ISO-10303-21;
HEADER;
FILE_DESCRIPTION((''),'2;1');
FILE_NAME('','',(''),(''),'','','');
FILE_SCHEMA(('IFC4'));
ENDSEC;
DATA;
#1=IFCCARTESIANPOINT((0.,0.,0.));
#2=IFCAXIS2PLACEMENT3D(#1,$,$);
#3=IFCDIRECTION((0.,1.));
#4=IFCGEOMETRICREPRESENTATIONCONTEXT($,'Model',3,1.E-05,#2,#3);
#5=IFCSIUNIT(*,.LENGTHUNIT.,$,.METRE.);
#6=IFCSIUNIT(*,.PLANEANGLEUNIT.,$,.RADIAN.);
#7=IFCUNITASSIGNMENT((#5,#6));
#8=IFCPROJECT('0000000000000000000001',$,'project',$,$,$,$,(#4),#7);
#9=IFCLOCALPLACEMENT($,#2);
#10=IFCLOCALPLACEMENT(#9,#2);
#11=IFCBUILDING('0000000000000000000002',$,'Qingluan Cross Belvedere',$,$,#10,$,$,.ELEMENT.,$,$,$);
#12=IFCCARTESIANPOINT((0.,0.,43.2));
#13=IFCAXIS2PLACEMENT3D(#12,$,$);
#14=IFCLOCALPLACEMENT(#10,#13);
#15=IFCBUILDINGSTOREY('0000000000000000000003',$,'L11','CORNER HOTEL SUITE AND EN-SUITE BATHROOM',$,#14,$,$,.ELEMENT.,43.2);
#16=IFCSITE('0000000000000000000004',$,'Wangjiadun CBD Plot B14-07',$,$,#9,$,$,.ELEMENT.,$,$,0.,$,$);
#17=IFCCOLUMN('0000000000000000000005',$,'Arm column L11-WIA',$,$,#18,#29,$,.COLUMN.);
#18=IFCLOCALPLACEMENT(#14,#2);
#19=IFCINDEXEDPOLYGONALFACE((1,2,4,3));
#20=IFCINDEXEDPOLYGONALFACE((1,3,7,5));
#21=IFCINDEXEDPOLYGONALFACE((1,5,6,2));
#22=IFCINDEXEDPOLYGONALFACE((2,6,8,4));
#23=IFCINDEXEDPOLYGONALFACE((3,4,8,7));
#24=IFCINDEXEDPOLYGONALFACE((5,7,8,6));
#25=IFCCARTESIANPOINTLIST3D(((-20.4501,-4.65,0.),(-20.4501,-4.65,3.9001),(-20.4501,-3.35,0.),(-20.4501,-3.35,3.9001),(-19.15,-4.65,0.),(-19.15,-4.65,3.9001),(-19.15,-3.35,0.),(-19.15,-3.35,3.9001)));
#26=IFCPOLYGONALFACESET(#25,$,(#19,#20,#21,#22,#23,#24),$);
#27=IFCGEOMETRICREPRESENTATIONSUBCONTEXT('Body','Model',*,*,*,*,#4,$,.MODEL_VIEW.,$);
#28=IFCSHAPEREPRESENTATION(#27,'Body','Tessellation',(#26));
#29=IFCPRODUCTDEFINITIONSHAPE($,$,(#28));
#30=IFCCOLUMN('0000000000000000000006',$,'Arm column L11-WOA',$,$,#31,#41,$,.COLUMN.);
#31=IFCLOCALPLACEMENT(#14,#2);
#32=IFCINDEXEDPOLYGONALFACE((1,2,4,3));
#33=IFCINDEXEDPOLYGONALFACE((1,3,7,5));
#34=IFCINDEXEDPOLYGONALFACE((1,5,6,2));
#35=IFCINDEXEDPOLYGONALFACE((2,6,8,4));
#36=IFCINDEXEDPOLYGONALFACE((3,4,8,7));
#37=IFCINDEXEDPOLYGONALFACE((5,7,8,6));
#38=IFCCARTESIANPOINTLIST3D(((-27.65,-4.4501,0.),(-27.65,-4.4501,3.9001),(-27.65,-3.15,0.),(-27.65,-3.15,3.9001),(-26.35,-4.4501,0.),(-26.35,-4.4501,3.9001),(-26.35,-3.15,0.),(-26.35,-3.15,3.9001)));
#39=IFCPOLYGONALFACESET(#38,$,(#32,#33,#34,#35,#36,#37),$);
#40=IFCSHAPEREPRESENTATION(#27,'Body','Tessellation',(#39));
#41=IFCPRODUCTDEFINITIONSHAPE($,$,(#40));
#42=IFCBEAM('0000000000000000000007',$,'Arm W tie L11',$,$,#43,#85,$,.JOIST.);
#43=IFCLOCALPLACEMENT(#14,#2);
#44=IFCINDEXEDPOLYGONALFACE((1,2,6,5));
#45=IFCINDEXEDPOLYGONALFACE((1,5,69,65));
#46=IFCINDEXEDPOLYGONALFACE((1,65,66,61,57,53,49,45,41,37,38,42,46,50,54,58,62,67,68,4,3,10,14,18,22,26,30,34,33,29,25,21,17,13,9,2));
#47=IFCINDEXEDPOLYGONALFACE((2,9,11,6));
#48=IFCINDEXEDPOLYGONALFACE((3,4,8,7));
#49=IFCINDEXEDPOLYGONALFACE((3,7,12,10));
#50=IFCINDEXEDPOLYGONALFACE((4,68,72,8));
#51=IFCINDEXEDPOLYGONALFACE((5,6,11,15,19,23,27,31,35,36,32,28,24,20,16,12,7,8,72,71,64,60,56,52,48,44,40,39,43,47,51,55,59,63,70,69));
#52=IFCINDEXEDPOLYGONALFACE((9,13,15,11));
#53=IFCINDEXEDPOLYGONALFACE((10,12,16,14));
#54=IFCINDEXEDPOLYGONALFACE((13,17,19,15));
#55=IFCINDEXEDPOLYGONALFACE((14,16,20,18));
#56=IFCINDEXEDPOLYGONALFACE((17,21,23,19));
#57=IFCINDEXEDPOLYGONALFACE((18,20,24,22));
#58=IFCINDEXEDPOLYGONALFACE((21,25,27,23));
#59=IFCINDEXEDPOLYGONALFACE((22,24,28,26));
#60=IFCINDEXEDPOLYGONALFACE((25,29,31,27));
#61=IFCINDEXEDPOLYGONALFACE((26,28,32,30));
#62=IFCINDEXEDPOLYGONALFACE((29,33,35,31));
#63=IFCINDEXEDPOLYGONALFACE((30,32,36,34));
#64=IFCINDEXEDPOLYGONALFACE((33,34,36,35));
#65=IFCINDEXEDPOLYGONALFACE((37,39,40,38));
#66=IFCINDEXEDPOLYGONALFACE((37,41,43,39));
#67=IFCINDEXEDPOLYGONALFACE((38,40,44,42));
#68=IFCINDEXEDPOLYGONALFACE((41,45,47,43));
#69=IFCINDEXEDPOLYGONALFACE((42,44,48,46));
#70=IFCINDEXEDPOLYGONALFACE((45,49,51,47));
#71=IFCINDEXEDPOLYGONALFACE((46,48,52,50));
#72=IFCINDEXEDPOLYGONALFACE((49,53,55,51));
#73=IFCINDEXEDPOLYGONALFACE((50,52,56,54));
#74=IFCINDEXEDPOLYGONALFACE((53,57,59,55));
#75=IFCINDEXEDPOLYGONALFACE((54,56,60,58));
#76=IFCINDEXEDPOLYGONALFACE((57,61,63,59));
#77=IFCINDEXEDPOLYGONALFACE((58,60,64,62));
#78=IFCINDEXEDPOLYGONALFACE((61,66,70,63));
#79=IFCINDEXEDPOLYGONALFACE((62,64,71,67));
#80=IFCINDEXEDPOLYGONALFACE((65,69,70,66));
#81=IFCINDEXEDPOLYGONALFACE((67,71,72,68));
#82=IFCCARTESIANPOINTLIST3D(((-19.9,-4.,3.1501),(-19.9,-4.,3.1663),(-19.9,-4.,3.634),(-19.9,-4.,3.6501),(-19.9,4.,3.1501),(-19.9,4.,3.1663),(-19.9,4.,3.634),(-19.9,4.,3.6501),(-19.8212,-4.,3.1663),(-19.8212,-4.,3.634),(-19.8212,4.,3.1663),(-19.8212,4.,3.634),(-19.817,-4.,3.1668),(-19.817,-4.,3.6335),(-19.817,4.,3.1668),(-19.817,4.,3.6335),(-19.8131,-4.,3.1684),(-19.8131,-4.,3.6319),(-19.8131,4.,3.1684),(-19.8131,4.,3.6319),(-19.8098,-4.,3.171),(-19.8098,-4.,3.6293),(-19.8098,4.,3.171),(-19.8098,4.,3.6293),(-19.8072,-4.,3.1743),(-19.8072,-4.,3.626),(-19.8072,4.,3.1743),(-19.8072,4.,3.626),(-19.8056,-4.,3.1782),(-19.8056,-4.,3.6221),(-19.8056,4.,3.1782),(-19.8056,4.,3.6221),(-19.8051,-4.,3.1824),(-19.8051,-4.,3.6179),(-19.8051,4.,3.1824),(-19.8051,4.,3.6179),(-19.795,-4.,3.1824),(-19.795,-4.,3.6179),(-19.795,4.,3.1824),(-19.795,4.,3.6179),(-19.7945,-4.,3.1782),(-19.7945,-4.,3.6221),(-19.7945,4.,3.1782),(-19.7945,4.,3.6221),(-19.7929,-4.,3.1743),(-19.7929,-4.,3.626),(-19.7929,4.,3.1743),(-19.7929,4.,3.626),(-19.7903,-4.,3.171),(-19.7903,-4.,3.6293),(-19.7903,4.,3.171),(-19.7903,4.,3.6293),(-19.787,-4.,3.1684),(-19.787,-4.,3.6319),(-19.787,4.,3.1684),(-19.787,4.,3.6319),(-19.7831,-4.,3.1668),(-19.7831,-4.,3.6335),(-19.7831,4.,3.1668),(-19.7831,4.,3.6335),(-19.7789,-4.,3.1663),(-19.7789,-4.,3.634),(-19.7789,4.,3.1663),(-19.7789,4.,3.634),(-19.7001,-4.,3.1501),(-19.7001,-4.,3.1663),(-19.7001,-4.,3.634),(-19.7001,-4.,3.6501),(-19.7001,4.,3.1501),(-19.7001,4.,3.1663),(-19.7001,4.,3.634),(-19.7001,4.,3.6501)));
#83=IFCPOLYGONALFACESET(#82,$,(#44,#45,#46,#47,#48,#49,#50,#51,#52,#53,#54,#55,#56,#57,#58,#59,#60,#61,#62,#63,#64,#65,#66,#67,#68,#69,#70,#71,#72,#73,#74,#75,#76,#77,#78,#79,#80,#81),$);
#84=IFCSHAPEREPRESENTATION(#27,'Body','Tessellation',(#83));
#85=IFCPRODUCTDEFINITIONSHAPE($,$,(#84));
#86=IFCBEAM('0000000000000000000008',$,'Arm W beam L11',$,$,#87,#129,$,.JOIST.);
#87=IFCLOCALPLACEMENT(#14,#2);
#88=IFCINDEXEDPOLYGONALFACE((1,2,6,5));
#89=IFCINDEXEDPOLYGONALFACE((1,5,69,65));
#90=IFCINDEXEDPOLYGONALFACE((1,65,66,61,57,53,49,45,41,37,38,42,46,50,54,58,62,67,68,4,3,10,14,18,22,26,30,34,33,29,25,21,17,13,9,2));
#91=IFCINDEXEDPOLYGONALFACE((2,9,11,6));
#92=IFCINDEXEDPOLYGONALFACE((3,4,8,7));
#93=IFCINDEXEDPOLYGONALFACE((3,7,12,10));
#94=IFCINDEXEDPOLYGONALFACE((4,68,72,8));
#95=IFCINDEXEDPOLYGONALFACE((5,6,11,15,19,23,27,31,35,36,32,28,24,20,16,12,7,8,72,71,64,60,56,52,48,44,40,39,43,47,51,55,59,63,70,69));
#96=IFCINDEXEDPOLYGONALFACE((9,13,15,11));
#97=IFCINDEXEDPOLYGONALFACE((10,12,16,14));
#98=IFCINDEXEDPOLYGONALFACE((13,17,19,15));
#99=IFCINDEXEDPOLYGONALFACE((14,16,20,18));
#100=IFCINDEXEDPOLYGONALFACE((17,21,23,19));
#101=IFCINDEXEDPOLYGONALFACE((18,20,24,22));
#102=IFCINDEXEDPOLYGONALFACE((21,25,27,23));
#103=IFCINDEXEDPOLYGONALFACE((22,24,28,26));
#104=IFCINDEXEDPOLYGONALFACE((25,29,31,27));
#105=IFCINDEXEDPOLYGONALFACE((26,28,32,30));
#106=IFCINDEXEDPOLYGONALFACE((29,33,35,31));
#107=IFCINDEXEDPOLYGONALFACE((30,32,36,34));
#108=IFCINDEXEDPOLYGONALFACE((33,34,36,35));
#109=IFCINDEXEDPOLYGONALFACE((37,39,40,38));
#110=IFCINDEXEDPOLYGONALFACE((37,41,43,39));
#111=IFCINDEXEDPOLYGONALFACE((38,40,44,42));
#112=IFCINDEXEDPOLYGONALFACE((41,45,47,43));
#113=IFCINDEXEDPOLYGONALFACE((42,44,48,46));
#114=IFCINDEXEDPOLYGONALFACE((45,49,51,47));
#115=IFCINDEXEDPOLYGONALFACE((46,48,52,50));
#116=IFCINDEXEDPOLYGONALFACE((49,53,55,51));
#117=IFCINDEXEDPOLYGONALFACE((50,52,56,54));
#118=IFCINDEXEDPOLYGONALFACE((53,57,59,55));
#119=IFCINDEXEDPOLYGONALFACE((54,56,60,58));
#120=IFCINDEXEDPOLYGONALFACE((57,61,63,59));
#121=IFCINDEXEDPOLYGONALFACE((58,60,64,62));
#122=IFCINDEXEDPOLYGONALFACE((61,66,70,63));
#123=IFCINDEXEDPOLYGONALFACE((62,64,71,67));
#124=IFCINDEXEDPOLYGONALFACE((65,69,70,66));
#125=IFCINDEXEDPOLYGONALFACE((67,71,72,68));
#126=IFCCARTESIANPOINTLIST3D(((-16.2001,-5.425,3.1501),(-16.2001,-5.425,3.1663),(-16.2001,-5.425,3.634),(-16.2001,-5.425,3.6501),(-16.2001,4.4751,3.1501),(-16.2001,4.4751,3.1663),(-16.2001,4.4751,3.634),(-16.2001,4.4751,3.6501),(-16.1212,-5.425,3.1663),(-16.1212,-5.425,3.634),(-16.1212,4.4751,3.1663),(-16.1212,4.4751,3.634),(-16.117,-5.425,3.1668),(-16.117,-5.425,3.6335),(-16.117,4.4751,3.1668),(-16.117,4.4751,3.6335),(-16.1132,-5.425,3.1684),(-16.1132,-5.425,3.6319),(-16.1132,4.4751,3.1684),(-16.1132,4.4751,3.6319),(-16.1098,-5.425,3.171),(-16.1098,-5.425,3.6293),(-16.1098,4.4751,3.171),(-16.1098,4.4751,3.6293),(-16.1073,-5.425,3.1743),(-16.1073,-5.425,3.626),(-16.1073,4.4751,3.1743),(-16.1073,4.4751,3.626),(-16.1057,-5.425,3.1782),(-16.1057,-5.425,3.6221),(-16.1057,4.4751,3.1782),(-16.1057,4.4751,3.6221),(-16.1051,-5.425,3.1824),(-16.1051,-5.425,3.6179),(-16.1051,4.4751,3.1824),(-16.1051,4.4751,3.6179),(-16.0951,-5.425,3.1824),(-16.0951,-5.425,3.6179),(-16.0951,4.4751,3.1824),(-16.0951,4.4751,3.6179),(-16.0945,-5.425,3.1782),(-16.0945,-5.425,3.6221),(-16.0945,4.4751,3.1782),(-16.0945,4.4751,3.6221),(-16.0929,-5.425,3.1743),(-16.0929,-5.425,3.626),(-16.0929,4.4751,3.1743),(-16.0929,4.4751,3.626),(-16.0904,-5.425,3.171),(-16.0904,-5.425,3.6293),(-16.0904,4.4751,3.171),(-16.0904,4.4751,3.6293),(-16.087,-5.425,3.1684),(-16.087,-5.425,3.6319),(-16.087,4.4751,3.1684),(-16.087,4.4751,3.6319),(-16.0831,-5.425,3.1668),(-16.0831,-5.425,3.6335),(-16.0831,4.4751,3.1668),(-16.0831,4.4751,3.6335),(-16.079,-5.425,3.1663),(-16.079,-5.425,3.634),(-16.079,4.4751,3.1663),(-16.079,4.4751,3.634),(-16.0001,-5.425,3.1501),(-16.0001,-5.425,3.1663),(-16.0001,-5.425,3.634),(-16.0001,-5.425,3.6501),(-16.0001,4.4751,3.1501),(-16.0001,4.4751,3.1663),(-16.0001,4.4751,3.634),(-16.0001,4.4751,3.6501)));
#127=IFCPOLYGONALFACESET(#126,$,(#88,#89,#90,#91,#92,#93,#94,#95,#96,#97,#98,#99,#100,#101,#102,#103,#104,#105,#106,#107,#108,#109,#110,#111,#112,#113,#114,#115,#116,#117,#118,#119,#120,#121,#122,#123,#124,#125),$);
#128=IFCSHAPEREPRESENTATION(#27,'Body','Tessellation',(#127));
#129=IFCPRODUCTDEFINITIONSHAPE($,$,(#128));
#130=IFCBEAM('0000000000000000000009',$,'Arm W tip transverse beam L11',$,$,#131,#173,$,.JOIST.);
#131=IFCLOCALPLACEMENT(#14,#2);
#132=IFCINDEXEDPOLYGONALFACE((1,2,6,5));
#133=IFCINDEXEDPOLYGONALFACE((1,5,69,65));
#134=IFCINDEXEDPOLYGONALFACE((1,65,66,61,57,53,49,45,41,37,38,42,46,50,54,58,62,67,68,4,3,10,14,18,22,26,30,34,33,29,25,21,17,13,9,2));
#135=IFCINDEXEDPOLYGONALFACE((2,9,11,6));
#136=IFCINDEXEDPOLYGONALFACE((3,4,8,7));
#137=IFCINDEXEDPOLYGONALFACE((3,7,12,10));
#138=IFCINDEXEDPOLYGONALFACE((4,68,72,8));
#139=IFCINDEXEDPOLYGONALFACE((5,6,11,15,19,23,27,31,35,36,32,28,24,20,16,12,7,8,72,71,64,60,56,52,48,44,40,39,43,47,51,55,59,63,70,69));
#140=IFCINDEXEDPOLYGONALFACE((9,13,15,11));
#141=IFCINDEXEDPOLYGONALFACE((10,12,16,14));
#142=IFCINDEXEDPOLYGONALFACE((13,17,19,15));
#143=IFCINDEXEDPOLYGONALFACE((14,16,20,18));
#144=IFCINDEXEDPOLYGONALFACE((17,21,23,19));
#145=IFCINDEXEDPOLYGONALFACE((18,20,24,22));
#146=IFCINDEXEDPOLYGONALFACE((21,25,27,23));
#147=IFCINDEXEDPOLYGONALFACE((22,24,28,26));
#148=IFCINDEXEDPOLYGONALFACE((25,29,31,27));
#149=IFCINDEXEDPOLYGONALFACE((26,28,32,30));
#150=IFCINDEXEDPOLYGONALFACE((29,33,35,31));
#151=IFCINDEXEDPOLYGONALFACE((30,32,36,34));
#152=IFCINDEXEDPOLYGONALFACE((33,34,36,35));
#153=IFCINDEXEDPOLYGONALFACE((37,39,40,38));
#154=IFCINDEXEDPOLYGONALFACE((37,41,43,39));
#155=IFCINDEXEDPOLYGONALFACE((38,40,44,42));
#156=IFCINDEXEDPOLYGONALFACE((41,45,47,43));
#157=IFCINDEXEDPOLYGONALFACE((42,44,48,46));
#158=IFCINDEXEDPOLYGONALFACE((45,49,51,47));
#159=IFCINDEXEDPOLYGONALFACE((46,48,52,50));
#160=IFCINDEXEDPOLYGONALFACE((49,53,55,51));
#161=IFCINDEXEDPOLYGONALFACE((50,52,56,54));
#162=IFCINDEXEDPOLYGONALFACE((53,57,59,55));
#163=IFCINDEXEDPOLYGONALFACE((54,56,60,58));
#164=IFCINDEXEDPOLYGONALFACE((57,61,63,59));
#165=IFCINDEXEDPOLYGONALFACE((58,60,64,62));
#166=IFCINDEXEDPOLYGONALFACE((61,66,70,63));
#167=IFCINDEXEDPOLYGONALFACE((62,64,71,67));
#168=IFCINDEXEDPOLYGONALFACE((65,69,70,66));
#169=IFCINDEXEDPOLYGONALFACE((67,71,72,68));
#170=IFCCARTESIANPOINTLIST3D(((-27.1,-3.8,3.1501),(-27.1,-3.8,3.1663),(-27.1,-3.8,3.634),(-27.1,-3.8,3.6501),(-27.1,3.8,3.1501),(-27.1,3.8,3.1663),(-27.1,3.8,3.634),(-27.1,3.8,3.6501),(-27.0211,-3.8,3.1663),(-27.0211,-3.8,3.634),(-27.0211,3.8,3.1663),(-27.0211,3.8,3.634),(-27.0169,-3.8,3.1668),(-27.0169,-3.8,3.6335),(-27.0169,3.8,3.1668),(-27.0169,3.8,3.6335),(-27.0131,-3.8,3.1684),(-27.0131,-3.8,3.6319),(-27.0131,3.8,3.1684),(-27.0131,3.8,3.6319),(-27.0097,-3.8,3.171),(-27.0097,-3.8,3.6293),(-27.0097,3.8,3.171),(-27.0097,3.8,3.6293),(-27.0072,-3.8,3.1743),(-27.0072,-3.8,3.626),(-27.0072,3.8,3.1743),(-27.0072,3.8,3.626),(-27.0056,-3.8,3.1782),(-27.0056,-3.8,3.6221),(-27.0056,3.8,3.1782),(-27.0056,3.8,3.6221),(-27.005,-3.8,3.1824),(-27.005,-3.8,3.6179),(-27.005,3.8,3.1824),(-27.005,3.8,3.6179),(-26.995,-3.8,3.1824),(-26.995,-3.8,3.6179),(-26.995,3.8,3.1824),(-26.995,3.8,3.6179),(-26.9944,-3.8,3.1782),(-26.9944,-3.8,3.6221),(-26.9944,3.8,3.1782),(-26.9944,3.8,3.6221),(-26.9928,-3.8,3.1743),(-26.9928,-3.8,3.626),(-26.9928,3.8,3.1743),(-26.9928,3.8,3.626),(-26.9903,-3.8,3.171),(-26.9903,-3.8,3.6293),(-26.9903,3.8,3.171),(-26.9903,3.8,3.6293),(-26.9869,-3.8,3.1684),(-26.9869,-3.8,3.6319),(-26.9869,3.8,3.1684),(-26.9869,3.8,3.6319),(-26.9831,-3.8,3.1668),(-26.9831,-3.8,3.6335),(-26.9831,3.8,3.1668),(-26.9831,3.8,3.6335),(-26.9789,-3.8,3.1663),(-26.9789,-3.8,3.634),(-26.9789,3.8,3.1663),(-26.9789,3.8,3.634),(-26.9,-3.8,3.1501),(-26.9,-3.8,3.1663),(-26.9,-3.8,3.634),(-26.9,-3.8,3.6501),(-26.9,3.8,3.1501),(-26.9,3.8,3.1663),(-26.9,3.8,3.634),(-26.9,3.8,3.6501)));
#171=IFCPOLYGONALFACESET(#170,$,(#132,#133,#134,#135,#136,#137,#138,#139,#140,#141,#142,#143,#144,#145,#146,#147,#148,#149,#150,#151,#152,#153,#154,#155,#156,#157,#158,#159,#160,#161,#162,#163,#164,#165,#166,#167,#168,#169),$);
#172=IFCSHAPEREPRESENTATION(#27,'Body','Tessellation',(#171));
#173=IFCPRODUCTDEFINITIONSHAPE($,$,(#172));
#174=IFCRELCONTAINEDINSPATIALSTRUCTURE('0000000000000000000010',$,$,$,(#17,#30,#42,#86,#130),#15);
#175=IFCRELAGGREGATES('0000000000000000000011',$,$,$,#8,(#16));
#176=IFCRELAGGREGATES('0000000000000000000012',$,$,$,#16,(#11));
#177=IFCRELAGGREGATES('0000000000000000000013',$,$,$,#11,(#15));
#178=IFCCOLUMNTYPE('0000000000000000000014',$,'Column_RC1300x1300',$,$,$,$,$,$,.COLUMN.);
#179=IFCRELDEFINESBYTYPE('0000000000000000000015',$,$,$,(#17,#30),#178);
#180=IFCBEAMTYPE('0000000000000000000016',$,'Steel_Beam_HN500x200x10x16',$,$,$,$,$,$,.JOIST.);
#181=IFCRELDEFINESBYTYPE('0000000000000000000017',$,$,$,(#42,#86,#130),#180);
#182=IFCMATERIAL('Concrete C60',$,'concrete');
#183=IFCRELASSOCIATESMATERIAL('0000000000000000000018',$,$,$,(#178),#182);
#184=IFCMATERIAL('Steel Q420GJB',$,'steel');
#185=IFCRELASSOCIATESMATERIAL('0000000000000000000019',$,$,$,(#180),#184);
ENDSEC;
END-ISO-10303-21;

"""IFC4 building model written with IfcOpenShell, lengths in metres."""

from ifc_helpers import new_model, si_unit, direction, frame, origin, origin_2d, place, context, subcontext, project, spatial, rectangle, i_section, extrude, material, material_profile, profile_set, type_object, element, save


model = new_model("IFC4")

# Units and contexts
model_context = context("Model", 3, precision=1e-05, world=origin(), true_north=direction((0.0, 1.0)))
body_context = subcontext(model_context, "Body", "Model", "MODEL_VIEW")
ifc_project = project(units=[si_unit("LENGTHUNIT", "METRE"), si_unit("PLANEANGLEUNIT", "RADIAN")], contexts=[model_context])

# Site, building, storey
site_placement = place(None, origin())
site = spatial("IfcSite", under=ifc_project, at=site_placement, Name="Wangjiadun CBD Plot B14-07", CompositionType="ELEMENT", RefElevation=0.0)
building_placement = place(site_placement, origin())
building = spatial("IfcBuilding", under=site, at=building_placement, Name="Qingluan Cross Belvedere", CompositionType="ELEMENT")
storey_placement = place(building_placement, frame((0.0, 0.0, 43.2)))
storey = spatial("IfcBuildingStorey", under=building, at=storey_placement, Name="L11", Description="CORNER HOTEL SUITE AND EN-SUITE BATHROOM", CompositionType="ELEMENT", Elevation=43.2)

# Columns
ifc_material_1 = material(Name="Concrete C60", Category="concrete")
ifc_material_profile_1 = material_profile(ifc_material_1, rectangle(XDim=1.3, YDim=1.3, at=origin_2d()), Name="RC1300x1300")
ifc_profile_set_1 = profile_set([ifc_material_profile_1], Name="Concrete C60")
column_type = type_object("IfcColumnType", Name="Column_RC1300x1300", PredefinedType="COLUMN", material=ifc_profile_set_1)
for number, where, z_axis, x_axis, name in (
    (1, (-19.8, -4.0, 0.0), (0.0, 0.0, 1.0), (1.0, 0.0, 0.0), "Arm column L11-WIA"),
    (2, (-27.0, -3.8, 0.0), (0.0, 0.0, 1.0), (1.0, 0.0, 0.0), "Arm column L11-WOA"),
):
    element("IfcColumn", number, at=place(storey_placement, frame(where, z_axis=z_axis, x_axis=x_axis)), inside=storey, type_object=column_type, Name=name, PredefinedType="COLUMN", context=body_context, shape_type="SweptSolid", body=[
        extrude(rectangle(XDim=1.3, YDim=1.3, at=origin_2d()), origin(), (0.0, 0.0, 1.0), 3.9001),
    ])

# Beams
ifc_material_2 = material(Name="Steel Q420GJB", Category="steel")
ifc_material_profile_2 = material_profile(ifc_material_2, i_section(OverallWidth=0.2, OverallDepth=0.5, WebThickness=0.01, FlangeThickness=0.0161, FilletRadius=0.0161, at=origin_2d()), Name="HN500x200x10x16")
ifc_profile_set_2 = profile_set([ifc_material_profile_2], Name="Steel Q420GJB")
beam_type_1 = type_object("IfcBeamType", Name="Steel_Beam_HN500x200x10x16", PredefinedType="JOIST", material=ifc_profile_set_2)
beam_1_placement = place(storey_placement, frame((-19.8, -4.0, 3.4001), z_axis=(0.0, 1.0, 0.0), x_axis=(-1.0, 0.0, 0.0)))
element("IfcBeam", 3, at=beam_1_placement, inside=storey, type_object=beam_type_1, Name="Arm W tie L11", PredefinedType="JOIST", context=body_context, shape_type="SweptSolid", body=[
    extrude(i_section(OverallWidth=0.2, OverallDepth=0.5, WebThickness=0.01, FlangeThickness=0.0161, FilletRadius=0.0161, at=origin_2d()), origin(), (0.0, 0.0, 1.0), 8.0),
])
beam_2_placement = place(storey_placement, frame((-16.1001, -5.425, 3.4001), z_axis=(0.0, 1.0, 0.0), x_axis=(-1.0, 0.0, 0.0)))
element("IfcBeam", 4, at=beam_2_placement, inside=storey, type_object=beam_type_1, Name="Arm W beam L11", PredefinedType="JOIST", context=body_context, shape_type="SweptSolid", body=[
    extrude(i_section(OverallWidth=0.2, OverallDepth=0.5, WebThickness=0.01, FlangeThickness=0.0161, FilletRadius=0.0161, at=origin_2d()), origin(), (0.0, 0.0, 1.0), 9.9001),
])
beam_3_placement = place(storey_placement, frame((-27.0, -3.8, 3.4001), z_axis=(0.0, 1.0, 0.0), x_axis=(-1.0, 0.0, 0.0)))
element("IfcBeam", 5, at=beam_3_placement, inside=storey, type_object=beam_type_1, Name="Arm W tip transverse beam L11", PredefinedType="JOIST", context=body_context, shape_type="SweptSolid", body=[
    extrude(i_section(OverallWidth=0.2, OverallDepth=0.5, WebThickness=0.01, FlangeThickness=0.0161, FilletRadius=0.0161, at=origin_2d()), origin(), (0.0, 0.0, 1.0), 7.6001),
])

save(model, "model.ifc")
